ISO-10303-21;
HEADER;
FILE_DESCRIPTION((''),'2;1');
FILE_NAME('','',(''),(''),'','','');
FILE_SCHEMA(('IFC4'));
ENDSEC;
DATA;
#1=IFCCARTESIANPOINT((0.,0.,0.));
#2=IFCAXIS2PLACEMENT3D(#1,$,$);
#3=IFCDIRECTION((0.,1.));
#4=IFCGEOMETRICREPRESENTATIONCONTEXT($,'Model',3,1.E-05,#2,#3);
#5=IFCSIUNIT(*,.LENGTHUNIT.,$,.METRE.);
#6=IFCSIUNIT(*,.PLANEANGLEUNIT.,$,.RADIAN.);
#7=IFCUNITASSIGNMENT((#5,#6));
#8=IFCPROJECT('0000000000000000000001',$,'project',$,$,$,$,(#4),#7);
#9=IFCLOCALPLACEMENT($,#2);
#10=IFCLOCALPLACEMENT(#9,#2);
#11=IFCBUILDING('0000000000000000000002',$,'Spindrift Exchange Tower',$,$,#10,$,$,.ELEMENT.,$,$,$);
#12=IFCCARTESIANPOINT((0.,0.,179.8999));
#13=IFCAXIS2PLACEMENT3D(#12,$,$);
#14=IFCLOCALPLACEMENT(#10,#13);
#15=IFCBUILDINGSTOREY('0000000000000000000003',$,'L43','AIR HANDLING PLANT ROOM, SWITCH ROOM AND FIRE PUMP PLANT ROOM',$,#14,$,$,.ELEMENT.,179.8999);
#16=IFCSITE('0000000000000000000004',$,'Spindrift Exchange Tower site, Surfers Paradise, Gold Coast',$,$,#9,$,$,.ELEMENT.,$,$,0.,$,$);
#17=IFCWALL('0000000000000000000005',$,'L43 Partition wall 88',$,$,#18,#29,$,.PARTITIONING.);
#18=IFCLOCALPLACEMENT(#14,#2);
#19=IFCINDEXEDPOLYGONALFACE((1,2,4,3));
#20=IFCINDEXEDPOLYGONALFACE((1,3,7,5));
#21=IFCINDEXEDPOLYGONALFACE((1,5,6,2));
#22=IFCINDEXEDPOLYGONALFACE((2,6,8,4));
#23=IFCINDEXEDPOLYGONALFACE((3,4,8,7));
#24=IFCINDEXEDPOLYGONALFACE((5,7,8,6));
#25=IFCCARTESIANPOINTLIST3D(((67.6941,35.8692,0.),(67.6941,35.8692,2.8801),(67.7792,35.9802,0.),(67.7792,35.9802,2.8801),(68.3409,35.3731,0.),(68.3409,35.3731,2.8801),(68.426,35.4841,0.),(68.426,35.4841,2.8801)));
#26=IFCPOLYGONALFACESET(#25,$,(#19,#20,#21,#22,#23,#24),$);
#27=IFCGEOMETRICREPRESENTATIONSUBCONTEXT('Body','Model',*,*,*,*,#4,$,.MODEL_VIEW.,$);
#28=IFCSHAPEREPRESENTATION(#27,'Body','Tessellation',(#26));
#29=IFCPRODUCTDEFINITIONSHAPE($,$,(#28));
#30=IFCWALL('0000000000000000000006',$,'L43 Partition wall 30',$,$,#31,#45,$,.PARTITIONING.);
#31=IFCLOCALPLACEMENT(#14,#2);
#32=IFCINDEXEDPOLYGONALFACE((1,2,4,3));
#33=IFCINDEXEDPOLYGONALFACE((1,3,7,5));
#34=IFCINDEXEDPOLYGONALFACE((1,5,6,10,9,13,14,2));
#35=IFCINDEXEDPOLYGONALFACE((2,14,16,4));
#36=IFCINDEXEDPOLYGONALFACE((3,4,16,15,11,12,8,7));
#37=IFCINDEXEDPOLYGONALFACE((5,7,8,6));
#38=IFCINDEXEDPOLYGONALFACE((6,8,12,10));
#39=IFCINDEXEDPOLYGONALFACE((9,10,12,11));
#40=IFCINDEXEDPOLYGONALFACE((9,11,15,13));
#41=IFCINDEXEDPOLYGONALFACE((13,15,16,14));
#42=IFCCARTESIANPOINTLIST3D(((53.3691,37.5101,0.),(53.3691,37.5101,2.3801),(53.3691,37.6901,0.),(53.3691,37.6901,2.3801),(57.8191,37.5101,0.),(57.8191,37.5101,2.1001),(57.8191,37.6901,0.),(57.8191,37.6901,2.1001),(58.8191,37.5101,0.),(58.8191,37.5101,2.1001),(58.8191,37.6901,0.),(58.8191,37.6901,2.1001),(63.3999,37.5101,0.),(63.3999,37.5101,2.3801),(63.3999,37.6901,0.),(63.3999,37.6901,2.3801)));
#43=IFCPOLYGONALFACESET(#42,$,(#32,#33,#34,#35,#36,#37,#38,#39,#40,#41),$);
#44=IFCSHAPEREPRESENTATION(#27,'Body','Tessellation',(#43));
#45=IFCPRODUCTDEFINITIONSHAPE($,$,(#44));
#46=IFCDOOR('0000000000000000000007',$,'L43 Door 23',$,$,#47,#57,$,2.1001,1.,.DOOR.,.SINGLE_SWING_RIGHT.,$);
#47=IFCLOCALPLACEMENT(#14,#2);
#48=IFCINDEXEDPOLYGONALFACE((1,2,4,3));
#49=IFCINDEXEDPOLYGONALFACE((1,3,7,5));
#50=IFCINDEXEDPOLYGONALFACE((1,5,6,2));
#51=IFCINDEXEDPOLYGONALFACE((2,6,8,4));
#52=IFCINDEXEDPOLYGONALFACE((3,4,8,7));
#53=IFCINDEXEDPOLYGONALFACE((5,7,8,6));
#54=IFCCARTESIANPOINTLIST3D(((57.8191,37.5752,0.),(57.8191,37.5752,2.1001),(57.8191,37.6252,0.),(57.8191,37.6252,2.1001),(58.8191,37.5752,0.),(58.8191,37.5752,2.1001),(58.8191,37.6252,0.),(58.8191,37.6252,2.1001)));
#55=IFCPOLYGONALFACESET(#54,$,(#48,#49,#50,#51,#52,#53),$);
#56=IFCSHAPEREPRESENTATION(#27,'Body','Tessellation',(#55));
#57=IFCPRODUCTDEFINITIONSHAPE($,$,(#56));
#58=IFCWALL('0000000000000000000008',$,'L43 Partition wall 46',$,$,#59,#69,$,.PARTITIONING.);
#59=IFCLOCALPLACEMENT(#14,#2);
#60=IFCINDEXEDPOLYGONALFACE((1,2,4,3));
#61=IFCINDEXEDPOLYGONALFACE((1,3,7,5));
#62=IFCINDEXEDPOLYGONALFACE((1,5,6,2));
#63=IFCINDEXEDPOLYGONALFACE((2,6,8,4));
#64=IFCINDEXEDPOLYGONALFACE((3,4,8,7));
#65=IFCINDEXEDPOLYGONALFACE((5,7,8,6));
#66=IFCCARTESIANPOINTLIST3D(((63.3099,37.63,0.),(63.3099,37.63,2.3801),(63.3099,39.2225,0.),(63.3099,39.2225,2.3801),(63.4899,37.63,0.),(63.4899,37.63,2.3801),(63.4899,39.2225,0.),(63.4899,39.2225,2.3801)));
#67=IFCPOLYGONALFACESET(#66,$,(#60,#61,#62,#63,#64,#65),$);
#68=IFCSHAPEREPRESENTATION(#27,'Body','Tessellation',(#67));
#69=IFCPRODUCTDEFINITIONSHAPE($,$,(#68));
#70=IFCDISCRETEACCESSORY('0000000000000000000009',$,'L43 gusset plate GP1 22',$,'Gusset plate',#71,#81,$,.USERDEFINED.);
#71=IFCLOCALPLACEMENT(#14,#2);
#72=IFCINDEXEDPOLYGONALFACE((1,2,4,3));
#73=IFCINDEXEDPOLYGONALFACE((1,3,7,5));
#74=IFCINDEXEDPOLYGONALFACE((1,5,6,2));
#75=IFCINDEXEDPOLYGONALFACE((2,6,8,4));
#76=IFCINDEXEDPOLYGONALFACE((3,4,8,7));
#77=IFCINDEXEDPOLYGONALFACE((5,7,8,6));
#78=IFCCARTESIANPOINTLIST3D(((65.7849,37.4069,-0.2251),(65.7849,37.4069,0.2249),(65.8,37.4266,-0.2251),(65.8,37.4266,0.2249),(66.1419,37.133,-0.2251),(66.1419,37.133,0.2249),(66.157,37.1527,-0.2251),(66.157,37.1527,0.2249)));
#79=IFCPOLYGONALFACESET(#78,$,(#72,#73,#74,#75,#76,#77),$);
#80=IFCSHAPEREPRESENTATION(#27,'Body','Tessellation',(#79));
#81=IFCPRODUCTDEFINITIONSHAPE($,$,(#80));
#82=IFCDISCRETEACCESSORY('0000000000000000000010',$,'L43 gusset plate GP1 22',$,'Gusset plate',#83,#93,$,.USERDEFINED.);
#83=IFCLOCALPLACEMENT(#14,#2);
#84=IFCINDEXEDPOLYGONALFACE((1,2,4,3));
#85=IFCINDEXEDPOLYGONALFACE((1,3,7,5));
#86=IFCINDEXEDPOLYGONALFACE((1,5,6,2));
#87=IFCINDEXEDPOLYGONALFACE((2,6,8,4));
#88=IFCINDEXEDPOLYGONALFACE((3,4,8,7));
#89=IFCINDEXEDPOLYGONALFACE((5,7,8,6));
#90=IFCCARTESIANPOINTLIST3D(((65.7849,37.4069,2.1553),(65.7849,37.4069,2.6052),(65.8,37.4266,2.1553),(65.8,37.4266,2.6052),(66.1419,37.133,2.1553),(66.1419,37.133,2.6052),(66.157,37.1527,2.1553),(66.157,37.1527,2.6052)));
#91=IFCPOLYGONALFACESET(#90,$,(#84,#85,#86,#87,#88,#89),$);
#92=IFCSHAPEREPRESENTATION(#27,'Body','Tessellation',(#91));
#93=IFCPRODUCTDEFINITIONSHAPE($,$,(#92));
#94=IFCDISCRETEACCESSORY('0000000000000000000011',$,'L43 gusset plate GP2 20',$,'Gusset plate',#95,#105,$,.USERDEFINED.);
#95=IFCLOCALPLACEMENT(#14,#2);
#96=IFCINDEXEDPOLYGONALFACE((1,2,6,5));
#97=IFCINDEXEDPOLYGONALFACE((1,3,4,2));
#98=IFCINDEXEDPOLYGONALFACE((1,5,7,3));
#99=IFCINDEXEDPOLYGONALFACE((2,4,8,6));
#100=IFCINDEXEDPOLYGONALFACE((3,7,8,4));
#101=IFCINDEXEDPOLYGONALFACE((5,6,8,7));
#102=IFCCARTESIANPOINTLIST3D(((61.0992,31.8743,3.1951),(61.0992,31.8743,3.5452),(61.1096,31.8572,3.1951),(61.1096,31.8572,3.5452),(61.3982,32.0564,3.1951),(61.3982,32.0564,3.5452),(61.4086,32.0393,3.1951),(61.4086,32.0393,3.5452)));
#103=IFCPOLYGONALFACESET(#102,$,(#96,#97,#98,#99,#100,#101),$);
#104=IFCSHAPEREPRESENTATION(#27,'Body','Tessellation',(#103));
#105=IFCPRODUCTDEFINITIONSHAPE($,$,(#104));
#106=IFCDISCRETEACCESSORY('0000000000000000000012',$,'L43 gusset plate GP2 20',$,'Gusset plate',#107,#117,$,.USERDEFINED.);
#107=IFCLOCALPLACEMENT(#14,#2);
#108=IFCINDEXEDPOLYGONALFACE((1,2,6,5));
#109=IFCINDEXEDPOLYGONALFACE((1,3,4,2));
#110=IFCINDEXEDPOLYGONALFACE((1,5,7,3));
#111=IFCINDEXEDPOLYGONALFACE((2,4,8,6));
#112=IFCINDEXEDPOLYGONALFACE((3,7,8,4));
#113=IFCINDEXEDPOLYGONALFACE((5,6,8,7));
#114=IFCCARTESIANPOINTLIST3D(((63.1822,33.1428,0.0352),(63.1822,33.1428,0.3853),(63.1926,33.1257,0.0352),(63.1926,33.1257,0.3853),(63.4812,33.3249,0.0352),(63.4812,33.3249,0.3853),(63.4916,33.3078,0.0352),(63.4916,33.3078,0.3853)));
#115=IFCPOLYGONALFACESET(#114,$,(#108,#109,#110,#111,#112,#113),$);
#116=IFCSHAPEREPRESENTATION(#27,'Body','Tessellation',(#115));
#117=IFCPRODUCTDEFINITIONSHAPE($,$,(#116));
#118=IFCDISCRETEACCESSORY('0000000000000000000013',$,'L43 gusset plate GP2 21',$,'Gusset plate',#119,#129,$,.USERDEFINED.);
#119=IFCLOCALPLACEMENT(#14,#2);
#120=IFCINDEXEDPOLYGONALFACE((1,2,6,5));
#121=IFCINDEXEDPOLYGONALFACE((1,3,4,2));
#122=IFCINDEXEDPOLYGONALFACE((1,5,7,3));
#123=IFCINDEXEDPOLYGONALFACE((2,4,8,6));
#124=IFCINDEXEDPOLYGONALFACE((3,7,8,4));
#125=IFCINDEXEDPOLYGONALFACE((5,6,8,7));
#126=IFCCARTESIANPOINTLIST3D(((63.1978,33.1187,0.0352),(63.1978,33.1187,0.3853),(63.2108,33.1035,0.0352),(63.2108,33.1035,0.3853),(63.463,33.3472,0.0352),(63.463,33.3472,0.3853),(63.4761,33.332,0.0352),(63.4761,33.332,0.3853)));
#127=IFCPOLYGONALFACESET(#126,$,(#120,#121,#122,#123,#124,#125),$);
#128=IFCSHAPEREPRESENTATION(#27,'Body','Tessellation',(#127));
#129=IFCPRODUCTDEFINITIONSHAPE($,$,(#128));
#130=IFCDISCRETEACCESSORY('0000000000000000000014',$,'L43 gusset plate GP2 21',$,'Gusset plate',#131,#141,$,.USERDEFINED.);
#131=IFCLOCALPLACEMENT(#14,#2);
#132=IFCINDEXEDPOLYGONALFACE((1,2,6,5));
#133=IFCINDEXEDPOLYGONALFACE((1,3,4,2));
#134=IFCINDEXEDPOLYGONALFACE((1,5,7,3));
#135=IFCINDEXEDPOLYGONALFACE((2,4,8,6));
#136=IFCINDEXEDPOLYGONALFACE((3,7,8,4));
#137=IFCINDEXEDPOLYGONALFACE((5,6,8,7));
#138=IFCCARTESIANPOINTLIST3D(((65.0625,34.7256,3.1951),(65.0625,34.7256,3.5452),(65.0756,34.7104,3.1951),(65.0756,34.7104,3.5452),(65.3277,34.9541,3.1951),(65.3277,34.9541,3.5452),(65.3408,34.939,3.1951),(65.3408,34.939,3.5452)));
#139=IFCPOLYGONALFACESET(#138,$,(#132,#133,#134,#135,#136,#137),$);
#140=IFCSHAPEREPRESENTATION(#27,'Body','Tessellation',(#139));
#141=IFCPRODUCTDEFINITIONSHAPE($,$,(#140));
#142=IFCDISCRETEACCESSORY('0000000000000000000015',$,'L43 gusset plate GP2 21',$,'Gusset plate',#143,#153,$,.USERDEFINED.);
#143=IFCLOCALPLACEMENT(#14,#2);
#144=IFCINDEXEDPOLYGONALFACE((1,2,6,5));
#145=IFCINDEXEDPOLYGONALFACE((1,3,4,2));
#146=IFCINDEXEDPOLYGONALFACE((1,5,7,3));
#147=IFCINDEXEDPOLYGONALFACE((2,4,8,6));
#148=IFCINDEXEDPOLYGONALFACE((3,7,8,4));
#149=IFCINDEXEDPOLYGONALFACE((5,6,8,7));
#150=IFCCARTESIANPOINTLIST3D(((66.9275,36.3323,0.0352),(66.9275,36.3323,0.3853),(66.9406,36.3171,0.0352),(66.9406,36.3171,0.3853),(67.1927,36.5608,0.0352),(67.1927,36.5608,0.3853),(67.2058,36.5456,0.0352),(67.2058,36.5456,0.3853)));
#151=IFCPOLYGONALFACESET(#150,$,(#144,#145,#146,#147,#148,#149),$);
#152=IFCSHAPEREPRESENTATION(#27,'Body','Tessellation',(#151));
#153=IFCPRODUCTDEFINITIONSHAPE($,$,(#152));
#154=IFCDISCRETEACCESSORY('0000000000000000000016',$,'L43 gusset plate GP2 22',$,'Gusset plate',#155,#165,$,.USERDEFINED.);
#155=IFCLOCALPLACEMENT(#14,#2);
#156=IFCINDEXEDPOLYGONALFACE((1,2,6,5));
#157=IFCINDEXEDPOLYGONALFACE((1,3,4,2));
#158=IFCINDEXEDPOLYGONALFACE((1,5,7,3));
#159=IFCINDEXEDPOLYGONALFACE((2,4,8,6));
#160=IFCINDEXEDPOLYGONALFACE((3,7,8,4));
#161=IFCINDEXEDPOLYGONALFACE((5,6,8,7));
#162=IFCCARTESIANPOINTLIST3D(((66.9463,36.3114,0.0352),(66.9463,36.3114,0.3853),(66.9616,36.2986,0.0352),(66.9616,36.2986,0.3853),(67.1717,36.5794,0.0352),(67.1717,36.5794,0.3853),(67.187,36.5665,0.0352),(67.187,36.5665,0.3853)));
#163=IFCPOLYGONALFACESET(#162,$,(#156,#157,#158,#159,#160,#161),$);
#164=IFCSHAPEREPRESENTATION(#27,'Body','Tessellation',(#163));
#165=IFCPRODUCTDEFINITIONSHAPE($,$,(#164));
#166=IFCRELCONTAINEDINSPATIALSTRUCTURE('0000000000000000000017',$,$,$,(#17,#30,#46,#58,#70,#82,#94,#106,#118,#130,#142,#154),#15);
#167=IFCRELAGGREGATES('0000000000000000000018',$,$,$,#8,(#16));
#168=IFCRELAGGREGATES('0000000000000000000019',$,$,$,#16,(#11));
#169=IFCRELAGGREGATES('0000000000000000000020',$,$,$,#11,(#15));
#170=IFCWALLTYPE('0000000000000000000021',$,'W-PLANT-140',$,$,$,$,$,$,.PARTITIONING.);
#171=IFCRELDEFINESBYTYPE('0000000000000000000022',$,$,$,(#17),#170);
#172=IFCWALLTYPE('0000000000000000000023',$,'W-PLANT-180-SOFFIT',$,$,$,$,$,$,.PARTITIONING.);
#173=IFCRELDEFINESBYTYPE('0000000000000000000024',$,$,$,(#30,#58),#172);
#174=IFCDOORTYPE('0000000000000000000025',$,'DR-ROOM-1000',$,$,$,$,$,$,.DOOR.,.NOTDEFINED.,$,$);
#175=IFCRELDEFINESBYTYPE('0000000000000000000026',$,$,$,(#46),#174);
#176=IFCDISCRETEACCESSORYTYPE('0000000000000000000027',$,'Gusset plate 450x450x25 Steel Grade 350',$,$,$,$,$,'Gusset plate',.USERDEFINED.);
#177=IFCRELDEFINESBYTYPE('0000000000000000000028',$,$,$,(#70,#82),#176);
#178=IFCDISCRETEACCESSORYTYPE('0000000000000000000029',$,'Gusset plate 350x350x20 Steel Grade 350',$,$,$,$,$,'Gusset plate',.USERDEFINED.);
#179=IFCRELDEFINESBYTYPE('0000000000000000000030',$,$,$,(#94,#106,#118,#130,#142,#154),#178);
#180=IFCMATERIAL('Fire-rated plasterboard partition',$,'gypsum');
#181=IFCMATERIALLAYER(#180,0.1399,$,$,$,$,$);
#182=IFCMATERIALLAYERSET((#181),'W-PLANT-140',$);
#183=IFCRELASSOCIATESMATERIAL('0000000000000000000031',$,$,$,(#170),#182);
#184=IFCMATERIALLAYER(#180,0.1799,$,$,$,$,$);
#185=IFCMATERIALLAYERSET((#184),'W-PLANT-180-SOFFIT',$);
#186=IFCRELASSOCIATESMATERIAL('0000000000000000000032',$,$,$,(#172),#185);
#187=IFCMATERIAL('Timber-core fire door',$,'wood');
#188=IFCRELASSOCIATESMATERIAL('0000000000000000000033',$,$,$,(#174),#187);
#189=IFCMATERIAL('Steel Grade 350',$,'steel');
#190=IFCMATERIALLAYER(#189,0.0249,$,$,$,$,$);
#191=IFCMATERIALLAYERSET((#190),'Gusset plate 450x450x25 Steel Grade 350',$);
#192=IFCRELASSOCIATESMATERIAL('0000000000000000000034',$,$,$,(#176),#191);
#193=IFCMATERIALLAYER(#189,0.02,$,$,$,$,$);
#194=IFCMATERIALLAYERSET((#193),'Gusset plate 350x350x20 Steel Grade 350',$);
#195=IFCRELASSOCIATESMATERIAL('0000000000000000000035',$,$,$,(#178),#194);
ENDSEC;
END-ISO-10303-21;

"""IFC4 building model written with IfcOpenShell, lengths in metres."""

from ifc_helpers import new_model, si_unit, direction, frame, frame_2d, origin, origin_2d, place, context, subcontext, project, spatial, rectangle, extrude, source, transform, mapped, material, layer, layer_set, type_object, element, fill, save


model = new_model("IFC4")

# Units and contexts
model_context = context("Model", 3, precision=1e-05, world=origin(), true_north=direction((0.0, 1.0)))
body_context = subcontext(model_context, "Body", "Model", "MODEL_VIEW")
ifc_project = project(units=[si_unit("LENGTHUNIT", "METRE"), si_unit("PLANEANGLEUNIT", "RADIAN")], contexts=[model_context])

# Site, building, storey
site_placement = place(None, origin())
site = spatial("IfcSite", under=ifc_project, at=site_placement, Name="Spindrift Exchange Tower site, Surfers Paradise, Gold Coast", CompositionType="ELEMENT", RefElevation=0.0)
building_placement = place(site_placement, origin())
building = spatial("IfcBuilding", under=site, at=building_placement, Name="Spindrift Exchange Tower", CompositionType="ELEMENT")
storey_placement = place(building_placement, frame((0.0, 0.0, 179.8999)))
storey = spatial("IfcBuildingStorey", under=building, at=storey_placement, Name="L43", Description="AIR HANDLING PLANT ROOM, SWITCH ROOM AND FIRE PUMP PLANT ROOM", CompositionType="ELEMENT", Elevation=179.8999)

# Shared definitions
ifc_material_1 = material(Name="Steel Grade 350", Category="steel")

# Wall
ifc_material_2 = material(Name="Fire-rated plasterboard partition", Category="gypsum")
ifc_layer_1 = layer(ifc_material_2, 0.1399)
ifc_layer_set_1 = layer_set([ifc_layer_1], Name="W-PLANT-140")
wall_type_1 = type_object("IfcWallType", Name="W-PLANT-140", PredefinedType="PARTITIONING", material=ifc_layer_set_1)
wall_1_placement = place(storey_placement, frame((67.7366, 35.9248, 0.0), z_axis=(0.0, 0.0, 1.0), x_axis=(0.793447, -0.608639, 0.0)))
element("IfcWall", 1, at=wall_1_placement, inside=storey, type_object=wall_type_1, Name="L43 Partition wall 88", PredefinedType="PARTITIONING", context=body_context, shape_type="SweptSolid", body=[
    extrude(rectangle(XDim=0.8152, YDim=0.1399, at=frame_2d((0.4077, 0.0))), origin(), (0.0, 0.0, 1.0), 2.8801),
])

# Wall, opening, door
ifc_layer_2 = layer(ifc_material_2, 0.1799)
ifc_layer_set_2 = layer_set([ifc_layer_2], Name="W-PLANT-180-SOFFIT")
wall_type_2 = type_object("IfcWallType", Name="W-PLANT-180-SOFFIT", PredefinedType="PARTITIONING", material=ifc_layer_set_2)
wall_2_placement = place(storey_placement, frame((63.3999, 37.6001, 0.0), z_axis=(0.0, 0.0, 1.0), x_axis=(-1.0, 0.0, 0.0)))
wall_2 = element("IfcWall", 2, at=wall_2_placement, inside=storey, type_object=wall_type_2, Name="L43 Partition wall 30", PredefinedType="PARTITIONING", context=body_context, shape_type="SweptSolid", body=[
    extrude(rectangle(XDim=10.0308, YDim=0.1799, at=frame_2d((5.0154, 0.0))), origin(), (0.0, 0.0, 1.0), 2.3801),
])
opening_placement = place(wall_2_placement, frame((4.5808, 0.0, 0.0)))
opening = element("IfcOpeningElement", 3, at=opening_placement, cuts=wall_2, PredefinedType="OPENING", context=body_context, shape_type="SweptSolid", body=[
    extrude(rectangle(XDim=1.0, YDim=2.1001, at=frame_2d((0.5, 1.05))), frame((0.0, 0.0999, 0.0), z_axis=(0.0, -1.0, 0.0), x_axis=(1.0, 0.0, 0.0)), (0.0, 0.0, 1.0), 0.2),
])
ifc_material_3 = material(Name="Timber-core fire door", Category="wood")
door_type = type_object("IfcDoorType", Name="DR-ROOM-1000", OperationType="NOTDEFINED", PredefinedType="DOOR", material=ifc_material_3)
shared_shape_1 = source(origin(), body_context, "Body", "SweptSolid", [
    extrude(rectangle(XDim=1.0, YDim=2.1001, at=frame_2d((0.5, 1.05))), frame((0.0, 0.0249, 0.0), z_axis=(0.0, -1.0, 0.0), x_axis=(1.0, 0.0, 0.0)), (0.0, 0.0, 1.0), 0.05),
])
door_placement = place(opening_placement, origin())
door = element("IfcDoor", 4, at=door_placement, inside=storey, type_object=door_type, Name="L43 Door 23", OperationType="SINGLE_SWING_RIGHT", OverallHeight=2.1001, OverallWidth=1.0, PredefinedType="DOOR", context=body_context, shape_type="MappedRepresentation", body=[
    mapped(shared_shape_1, transform((0.0, 0.0, 0.0), scale=1.0)),
])
fill(opening, door)

# Wall
wall_3_placement = place(storey_placement, frame((63.3999, 37.6299, 0.0), z_axis=(0.0, 0.0, 1.0), x_axis=(0.0, 1.0, 0.0)))
element("IfcWall", 5, at=wall_3_placement, inside=storey, type_object=wall_type_2, Name="L43 Partition wall 46", PredefinedType="PARTITIONING", context=body_context, shape_type="SweptSolid", body=[
    extrude(rectangle(XDim=1.5925, YDim=0.1799, at=frame_2d((0.7964, 0.0))), origin(), (0.0, 0.0, 1.0), 2.3801),
])

# Discrete accessories
ifc_layer_3 = layer(ifc_material_1, 0.0249)
ifc_layer_set_3 = layer_set([ifc_layer_3], Name="Gusset plate 450x450x25 Steel Grade 350")
discrete_accessory_type_1 = type_object("IfcDiscreteAccessoryType", Name="Gusset plate 450x450x25 Steel Grade 350", ElementType="Gusset plate", PredefinedType="USERDEFINED", material=ifc_layer_set_3)
shared_shape_2 = source(origin(), body_context, "Body", "SweptSolid", [
    extrude(rectangle(XDim=0.45, YDim=0.0249, at=origin_2d()), origin(), (0.0, 0.0, 1.0), 0.45),
])
for number, where, z_axis, x_axis, name in (
    (6, (65.9709, 37.2798, -0.2251), (0.0, 0.0, 1.0), (0.793353, -0.608761, 0.0), "L43 gusset plate GP1 22"),
    (7, (65.9709, 37.2798, 2.1553), (0.0, 0.0, 1.0), (0.793353, -0.608761, 0.0), "L43 gusset plate GP1 22"),
):
    element("IfcDiscreteAccessory", number, at=place(storey_placement, frame(where, z_axis=z_axis, x_axis=x_axis)), inside=storey, type_object=discrete_accessory_type_1, Name=name, ObjectType="Gusset plate", PredefinedType="USERDEFINED", context=body_context, shape_type="MappedRepresentation", body=[
        mapped(shared_shape_2, transform((0.0, 0.0, 0.0), scale=1.0)),
    ])
ifc_layer_4 = layer(ifc_material_1, 0.02)
ifc_layer_set_4 = layer_set([ifc_layer_4], Name="Gusset plate 350x350x20 Steel Grade 350")
discrete_accessory_type_2 = type_object("IfcDiscreteAccessoryType", Name="Gusset plate 350x350x20 Steel Grade 350", ElementType="Gusset plate", PredefinedType="USERDEFINED", material=ifc_layer_set_4)
shared_shape_3 = source(origin(), body_context, "Body", "SweptSolid", [
    extrude(rectangle(XDim=0.3501, YDim=0.02, at=origin_2d()), origin(), (0.0, 0.0, 1.0), 0.3501),
])
for number, where, z_axis, x_axis, name in (
    (8, (61.2539, 31.9568, 3.1951), (0.0, 0.0, 1.0), (0.854103, 0.520104, 0.0), "L43 gusset plate GP2 20"),
    (9, (63.3369, 33.2253, 0.0352), (0.0, 0.0, 1.0), (0.854103, 0.520104, 0.0), "L43 gusset plate GP2 20"),
    (10, (63.3369, 33.2253, 0.0352), (0.0, 0.0, 1.0), (0.757548, 0.65278, 0.0), "L43 gusset plate GP2 21"),
    (11, (65.2017, 34.8323, 3.1951), (0.0, 0.0, 1.0), (0.757548, 0.65278, 0.0), "L43 gusset plate GP2 21"),
    (12, (67.0667, 36.439, 0.0352), (0.0, 0.0, 1.0), (0.757585, 0.652736, 0.0), "L43 gusset plate GP2 21"),
    (13, (67.0667, 36.439, 0.0352), (0.0, 0.0, 1.0), (0.64368, 0.765295, 0.0), "L43 gusset plate GP2 22"),
):
    element("IfcDiscreteAccessory", number, at=place(storey_placement, frame(where, z_axis=z_axis, x_axis=x_axis)), inside=storey, type_object=discrete_accessory_type_2, Name=name, ObjectType="Gusset plate", PredefinedType="USERDEFINED", context=body_context, shape_type="MappedRepresentation", body=[
        mapped(shared_shape_3, transform((0.0, 0.0, 0.0), scale=1.0)),
    ])

save(model, "model.ifc")
